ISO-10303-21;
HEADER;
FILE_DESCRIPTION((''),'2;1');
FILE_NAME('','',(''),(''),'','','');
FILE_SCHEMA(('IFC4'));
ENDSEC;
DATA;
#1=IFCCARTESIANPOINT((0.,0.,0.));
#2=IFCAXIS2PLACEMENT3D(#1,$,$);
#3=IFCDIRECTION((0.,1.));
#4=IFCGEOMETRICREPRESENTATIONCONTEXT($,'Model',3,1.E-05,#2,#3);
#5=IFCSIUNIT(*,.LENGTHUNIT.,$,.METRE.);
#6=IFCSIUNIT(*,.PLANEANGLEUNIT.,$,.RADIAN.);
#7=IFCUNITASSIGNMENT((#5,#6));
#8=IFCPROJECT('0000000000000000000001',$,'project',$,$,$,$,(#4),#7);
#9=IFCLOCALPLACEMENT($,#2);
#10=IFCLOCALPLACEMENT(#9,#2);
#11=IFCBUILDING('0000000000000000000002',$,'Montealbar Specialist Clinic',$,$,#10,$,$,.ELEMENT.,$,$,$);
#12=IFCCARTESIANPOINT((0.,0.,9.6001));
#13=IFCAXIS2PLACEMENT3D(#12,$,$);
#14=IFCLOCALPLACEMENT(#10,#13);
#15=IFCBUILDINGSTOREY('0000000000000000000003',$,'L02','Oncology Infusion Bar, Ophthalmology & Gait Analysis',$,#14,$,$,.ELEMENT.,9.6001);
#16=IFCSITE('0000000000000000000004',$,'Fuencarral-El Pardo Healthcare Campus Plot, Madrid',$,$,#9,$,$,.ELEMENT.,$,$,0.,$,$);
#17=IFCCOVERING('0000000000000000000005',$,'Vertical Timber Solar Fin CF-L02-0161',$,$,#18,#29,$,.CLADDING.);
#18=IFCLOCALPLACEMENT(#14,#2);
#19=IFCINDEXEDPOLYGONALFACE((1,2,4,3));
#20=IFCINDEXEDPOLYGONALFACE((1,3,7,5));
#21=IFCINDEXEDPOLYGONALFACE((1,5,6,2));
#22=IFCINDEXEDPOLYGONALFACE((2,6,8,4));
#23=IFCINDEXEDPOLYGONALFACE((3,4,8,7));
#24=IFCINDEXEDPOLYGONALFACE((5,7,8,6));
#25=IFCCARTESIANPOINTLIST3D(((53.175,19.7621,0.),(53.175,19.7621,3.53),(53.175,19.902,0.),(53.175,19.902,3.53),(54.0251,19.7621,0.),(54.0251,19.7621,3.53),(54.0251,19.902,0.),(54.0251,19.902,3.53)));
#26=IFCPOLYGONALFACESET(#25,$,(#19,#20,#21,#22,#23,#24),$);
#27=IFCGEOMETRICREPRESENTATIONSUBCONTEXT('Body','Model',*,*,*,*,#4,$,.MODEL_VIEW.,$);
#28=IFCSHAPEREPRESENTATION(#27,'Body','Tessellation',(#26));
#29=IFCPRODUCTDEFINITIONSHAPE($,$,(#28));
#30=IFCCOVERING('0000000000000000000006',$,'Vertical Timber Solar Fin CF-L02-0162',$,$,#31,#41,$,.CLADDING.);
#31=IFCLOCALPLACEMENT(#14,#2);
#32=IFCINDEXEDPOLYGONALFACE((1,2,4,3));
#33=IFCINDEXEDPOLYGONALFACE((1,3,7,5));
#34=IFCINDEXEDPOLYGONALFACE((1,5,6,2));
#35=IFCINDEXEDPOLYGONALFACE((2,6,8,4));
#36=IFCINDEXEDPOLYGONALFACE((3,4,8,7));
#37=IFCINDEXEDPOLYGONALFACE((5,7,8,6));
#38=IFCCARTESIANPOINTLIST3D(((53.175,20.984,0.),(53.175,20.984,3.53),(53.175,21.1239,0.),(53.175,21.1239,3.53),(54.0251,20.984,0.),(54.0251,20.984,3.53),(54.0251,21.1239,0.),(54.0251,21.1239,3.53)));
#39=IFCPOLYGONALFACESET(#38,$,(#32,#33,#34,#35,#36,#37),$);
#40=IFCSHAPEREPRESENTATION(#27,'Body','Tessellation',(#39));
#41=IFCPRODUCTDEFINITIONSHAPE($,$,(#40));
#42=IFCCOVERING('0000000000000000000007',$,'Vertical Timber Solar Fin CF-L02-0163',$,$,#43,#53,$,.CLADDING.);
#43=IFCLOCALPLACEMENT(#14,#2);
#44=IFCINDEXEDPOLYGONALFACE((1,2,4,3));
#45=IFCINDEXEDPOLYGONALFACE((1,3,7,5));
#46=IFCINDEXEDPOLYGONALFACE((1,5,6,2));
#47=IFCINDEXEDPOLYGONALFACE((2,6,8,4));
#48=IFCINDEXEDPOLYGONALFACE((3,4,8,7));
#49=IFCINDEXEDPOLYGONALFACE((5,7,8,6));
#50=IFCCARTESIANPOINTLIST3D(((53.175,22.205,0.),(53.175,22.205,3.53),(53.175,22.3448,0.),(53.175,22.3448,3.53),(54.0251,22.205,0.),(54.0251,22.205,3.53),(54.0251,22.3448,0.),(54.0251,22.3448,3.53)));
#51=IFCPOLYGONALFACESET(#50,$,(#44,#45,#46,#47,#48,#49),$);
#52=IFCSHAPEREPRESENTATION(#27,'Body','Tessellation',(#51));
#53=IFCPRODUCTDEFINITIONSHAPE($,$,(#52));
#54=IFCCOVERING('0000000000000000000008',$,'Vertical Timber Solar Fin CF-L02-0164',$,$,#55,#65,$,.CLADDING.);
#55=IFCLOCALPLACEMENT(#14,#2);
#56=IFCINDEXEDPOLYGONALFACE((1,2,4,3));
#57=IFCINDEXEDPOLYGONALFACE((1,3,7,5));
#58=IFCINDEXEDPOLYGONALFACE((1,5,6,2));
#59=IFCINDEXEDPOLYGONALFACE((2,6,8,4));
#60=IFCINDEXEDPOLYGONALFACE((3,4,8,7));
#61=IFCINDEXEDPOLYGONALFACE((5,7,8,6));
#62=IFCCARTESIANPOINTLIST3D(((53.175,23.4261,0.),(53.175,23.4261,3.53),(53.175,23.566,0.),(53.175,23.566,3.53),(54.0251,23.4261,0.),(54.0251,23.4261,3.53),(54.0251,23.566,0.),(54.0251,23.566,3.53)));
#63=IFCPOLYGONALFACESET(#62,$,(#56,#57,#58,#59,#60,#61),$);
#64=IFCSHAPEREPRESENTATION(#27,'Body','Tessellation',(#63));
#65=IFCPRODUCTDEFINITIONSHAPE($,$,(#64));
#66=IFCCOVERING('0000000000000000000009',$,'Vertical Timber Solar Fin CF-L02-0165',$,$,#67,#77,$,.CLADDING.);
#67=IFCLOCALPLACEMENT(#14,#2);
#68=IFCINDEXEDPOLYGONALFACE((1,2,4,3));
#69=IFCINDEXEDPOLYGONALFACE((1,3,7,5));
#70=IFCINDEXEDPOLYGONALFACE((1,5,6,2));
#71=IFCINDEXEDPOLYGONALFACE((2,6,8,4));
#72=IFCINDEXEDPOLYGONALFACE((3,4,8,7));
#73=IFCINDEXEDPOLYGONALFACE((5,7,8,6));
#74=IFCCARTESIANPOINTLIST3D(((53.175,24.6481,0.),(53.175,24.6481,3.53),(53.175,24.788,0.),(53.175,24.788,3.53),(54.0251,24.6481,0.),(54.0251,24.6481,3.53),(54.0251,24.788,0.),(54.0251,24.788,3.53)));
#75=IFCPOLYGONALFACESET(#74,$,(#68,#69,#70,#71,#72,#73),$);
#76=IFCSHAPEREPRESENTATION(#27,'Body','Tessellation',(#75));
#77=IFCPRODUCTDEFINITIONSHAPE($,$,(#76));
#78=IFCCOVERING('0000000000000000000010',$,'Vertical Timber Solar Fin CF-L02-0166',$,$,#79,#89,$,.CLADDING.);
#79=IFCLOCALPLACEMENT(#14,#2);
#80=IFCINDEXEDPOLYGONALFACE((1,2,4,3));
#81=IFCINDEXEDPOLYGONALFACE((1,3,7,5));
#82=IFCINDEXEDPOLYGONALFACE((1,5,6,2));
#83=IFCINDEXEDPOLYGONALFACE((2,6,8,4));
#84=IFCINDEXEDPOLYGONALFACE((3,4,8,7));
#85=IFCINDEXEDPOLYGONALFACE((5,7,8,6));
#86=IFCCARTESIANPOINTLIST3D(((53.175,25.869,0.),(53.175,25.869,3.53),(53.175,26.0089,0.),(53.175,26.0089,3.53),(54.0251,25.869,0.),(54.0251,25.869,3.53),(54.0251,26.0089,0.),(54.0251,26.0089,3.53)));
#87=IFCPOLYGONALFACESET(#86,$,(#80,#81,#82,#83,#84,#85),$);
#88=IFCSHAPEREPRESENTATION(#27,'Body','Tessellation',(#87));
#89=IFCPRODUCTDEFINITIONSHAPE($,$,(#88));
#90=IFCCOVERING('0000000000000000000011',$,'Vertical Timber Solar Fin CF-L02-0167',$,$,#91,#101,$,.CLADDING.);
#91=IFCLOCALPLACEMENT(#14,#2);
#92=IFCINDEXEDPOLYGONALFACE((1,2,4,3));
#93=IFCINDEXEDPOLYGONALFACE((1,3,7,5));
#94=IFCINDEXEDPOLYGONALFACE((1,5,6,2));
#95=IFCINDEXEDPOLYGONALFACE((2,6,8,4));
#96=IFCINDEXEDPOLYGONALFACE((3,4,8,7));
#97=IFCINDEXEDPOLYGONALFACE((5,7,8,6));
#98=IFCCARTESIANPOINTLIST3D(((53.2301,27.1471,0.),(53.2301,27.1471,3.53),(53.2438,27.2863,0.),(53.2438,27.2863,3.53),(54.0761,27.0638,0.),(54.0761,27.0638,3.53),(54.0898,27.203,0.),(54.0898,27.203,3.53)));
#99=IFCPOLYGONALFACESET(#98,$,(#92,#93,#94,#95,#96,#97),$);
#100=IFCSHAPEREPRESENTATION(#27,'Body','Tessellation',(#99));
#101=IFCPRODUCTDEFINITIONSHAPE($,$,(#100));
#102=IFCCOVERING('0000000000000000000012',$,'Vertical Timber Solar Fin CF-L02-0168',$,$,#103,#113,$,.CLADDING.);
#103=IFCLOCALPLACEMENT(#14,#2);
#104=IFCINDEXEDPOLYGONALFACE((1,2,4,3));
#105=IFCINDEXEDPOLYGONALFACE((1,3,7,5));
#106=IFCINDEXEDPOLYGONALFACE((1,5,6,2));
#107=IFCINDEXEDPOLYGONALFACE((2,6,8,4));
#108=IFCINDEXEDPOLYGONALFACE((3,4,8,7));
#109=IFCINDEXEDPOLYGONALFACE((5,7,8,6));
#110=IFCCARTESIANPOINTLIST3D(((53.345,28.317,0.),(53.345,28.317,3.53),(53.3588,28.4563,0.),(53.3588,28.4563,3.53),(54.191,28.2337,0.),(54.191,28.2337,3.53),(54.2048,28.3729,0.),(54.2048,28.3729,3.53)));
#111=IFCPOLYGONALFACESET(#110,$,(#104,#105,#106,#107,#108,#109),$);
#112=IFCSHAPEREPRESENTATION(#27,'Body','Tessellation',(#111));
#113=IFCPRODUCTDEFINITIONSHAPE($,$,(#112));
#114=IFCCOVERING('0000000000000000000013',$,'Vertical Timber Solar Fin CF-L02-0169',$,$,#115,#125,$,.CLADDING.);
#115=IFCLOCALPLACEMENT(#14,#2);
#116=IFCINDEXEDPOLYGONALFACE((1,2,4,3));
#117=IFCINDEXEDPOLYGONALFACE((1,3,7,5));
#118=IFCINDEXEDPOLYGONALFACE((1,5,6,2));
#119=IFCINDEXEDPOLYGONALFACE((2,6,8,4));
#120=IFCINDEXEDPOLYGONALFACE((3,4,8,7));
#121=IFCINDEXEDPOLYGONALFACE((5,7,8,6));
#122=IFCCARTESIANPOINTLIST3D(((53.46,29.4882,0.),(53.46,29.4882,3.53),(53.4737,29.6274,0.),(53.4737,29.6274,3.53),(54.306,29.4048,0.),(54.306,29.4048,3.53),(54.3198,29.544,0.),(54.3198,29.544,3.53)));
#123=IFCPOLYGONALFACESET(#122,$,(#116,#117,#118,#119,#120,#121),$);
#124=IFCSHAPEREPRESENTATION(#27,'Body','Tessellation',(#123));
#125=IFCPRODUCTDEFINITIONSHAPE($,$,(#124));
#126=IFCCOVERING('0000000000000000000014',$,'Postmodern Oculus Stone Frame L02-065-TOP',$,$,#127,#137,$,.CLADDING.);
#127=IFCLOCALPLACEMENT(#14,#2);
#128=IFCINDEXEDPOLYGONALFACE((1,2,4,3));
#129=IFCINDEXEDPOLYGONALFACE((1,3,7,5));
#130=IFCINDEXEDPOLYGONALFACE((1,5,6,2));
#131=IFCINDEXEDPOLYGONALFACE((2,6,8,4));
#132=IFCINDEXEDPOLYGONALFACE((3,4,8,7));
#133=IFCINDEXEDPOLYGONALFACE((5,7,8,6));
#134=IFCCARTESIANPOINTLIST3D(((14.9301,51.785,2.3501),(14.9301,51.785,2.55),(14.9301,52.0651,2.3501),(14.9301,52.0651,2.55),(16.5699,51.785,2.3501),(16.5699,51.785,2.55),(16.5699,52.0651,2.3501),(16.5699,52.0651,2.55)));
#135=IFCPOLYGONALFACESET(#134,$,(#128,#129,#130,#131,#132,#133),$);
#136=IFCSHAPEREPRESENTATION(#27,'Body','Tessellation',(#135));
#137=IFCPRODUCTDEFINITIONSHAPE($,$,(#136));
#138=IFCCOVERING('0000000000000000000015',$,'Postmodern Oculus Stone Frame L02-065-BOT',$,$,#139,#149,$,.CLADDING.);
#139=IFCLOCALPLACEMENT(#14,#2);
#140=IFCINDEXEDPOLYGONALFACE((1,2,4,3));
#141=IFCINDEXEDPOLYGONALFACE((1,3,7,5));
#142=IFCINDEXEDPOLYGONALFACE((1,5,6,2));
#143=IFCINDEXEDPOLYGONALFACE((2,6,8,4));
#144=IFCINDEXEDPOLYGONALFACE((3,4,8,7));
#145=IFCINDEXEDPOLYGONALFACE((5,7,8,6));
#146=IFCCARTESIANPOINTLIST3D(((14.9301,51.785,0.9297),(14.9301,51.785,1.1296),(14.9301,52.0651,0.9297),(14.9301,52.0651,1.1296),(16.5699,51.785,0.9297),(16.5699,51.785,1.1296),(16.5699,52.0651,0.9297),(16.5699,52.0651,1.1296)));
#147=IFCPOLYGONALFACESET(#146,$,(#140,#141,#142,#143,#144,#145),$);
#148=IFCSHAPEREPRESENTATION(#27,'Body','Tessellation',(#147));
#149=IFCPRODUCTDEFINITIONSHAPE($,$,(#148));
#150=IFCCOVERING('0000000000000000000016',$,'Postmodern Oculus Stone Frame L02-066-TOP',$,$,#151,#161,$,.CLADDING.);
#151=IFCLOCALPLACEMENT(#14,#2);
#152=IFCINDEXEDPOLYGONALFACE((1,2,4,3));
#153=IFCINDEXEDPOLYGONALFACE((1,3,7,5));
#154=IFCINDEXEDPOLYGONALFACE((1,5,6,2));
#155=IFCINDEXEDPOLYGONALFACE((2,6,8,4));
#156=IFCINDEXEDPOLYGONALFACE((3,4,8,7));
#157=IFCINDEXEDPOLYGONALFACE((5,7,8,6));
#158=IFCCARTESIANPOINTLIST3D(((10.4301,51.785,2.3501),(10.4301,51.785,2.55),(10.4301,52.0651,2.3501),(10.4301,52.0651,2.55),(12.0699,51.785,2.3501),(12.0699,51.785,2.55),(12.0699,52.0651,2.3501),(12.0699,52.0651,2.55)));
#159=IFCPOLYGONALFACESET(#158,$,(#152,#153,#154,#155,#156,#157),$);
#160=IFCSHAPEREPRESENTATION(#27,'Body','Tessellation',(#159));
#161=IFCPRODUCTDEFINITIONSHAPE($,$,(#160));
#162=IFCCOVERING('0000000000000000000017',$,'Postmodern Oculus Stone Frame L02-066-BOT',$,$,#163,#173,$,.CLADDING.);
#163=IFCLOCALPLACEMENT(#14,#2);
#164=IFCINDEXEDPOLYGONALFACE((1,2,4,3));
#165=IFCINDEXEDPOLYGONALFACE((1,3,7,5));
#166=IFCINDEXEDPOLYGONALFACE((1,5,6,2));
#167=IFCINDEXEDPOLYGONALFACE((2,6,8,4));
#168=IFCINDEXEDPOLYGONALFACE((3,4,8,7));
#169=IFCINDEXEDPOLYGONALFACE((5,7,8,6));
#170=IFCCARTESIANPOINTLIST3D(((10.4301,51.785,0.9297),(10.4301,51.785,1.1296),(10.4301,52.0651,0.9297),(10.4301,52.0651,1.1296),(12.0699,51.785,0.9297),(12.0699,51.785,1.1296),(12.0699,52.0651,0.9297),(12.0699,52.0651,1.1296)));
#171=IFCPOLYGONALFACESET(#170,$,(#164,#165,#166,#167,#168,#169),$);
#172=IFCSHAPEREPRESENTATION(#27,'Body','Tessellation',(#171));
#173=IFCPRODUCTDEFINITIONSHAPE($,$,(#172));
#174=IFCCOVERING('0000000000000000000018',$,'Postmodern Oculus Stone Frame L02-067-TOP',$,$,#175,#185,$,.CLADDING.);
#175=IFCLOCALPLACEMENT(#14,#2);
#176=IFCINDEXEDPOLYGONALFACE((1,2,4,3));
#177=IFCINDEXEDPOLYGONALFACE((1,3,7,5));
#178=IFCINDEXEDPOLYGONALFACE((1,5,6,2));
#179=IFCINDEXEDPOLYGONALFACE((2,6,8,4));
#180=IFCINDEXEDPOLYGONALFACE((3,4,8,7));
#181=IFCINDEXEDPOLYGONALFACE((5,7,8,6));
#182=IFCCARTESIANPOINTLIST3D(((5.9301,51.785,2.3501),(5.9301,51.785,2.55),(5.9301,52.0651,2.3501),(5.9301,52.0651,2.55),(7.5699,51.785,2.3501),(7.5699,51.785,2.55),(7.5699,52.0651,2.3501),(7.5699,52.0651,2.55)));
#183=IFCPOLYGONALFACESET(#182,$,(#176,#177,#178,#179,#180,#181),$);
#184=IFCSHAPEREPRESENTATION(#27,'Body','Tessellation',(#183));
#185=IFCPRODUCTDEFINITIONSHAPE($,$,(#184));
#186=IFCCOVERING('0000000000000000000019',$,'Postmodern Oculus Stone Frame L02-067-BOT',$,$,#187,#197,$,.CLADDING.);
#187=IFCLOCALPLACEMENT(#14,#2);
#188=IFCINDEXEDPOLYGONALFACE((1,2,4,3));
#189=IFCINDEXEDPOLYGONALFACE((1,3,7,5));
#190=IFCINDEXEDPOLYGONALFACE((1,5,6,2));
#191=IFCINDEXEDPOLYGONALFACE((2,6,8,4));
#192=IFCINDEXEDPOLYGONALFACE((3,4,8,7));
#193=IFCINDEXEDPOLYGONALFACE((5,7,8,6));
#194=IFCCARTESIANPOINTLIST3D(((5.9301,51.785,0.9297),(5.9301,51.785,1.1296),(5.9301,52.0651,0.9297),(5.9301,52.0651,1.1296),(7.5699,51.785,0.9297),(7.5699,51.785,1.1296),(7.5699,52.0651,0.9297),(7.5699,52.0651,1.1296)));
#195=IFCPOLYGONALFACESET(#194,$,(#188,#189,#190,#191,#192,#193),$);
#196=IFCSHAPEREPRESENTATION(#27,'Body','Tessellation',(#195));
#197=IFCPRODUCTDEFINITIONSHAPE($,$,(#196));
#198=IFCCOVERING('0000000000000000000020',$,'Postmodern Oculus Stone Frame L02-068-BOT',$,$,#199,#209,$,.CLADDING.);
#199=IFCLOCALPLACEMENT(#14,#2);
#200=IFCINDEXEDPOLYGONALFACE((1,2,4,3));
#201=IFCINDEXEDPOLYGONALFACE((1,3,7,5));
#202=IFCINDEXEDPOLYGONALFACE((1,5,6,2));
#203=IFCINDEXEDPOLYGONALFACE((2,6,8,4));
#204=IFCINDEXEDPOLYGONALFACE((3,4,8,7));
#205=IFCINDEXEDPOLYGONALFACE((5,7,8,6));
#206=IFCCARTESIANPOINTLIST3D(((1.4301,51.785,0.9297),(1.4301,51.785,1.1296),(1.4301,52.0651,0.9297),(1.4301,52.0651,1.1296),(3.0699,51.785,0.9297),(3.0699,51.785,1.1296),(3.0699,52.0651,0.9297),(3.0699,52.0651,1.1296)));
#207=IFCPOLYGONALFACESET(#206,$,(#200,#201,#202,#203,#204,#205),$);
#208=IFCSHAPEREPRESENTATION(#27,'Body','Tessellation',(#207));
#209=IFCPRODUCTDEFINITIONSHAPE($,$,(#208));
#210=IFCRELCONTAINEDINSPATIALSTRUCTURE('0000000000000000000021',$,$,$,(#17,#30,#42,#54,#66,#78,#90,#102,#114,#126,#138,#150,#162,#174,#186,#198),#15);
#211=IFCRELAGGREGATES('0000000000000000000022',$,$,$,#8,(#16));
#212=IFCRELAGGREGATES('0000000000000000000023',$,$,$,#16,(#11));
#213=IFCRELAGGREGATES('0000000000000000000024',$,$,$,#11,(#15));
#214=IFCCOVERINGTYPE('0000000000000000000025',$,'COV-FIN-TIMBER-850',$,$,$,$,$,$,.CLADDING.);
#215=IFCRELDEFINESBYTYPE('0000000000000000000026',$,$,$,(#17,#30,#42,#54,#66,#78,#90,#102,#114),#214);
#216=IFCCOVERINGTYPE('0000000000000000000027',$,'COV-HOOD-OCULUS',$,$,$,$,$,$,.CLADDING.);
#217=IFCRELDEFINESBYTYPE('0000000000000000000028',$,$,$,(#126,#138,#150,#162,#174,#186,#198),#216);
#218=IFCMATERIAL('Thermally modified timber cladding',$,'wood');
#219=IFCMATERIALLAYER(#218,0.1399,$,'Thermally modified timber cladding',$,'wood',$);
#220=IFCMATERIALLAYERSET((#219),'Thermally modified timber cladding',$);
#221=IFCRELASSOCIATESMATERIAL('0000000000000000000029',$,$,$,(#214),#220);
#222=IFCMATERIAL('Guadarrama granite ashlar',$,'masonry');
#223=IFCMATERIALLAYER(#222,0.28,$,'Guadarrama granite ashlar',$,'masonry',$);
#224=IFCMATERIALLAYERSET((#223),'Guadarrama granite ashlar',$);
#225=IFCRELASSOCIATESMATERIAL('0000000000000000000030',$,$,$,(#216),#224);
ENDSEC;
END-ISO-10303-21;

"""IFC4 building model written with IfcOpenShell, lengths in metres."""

from ifc_helpers import new_model, si_unit, direction, frame, origin, origin_2d, place, context, subcontext, project, spatial, rectangle, extrude, material, layer, layer_set, type_object, element, save


model = new_model("IFC4")

# Units and contexts
model_context = context("Model", 3, precision=1e-05, world=origin(), true_north=direction((0.0, 1.0)))
body_context = subcontext(model_context, "Body", "Model", "MODEL_VIEW")
ifc_project = project(units=[si_unit("LENGTHUNIT", "METRE"), si_unit("PLANEANGLEUNIT", "RADIAN")], contexts=[model_context])

# Site, building, storey
site_placement = place(None, origin())
site = spatial("IfcSite", under=ifc_project, at=site_placement, Name="Fuencarral-El Pardo Healthcare Campus Plot, Madrid", CompositionType="ELEMENT", RefElevation=0.0)
building_placement = place(site_placement, origin())
building = spatial("IfcBuilding", under=site, at=building_placement, Name="Montealbar Specialist Clinic", CompositionType="ELEMENT")
storey_placement = place(building_placement, frame((0.0, 0.0, 9.6001)))
storey = spatial("IfcBuildingStorey", under=building, at=storey_placement, Name="L02", Description="Oncology Infusion Bar, Ophthalmology & Gait Analysis", CompositionType="ELEMENT", Elevation=9.6001)

# Coverings
ifc_material_1 = material(Name="Thermally modified timber cladding", Category="wood")
ifc_layer_1 = layer(ifc_material_1, 0.1399, Name="Thermally modified timber cladding", Category="wood")
ifc_layer_set_1 = layer_set([ifc_layer_1], Name="Thermally modified timber cladding")
covering_type_1 = type_object("IfcCoveringType", Name="COV-FIN-TIMBER-850", PredefinedType="CLADDING", material=ifc_layer_set_1)
for number, where, z_axis, x_axis, name in (
    (1, (53.6001, 19.832, 0.0), (0.0, 0.0, 1.0), (-1.0, 0.0, 0.0), "Vertical Timber Solar Fin CF-L02-0161"),
    (2, (53.6001, 21.054, 0.0), (0.0, 0.0, 1.0), (-1.0, 0.0, 0.0), "Vertical Timber Solar Fin CF-L02-0162"),
    (3, (53.6001, 22.2749, 0.0), (0.0, 0.0, 1.0), (-1.0, 0.0, 0.0), "Vertical Timber Solar Fin CF-L02-0163"),
    (4, (53.6001, 23.4961, 0.0), (0.0, 0.0, 1.0), (-1.0, 0.0, 0.0), "Vertical Timber Solar Fin CF-L02-0164"),
    (5, (53.6001, 24.718, 0.0), (0.0, 0.0, 1.0), (-1.0, 0.0, 0.0), "Vertical Timber Solar Fin CF-L02-0165"),
    (6, (53.6001, 25.939, 0.0), (0.0, 0.0, 1.0), (-1.0, 0.0, 0.0), "Vertical Timber Solar Fin CF-L02-0166"),
    (7, (53.6599, 27.175, 0.0), (0.0, 0.0, 1.0), (-0.995182, 0.098045, 0.0), "Vertical Timber Solar Fin CF-L02-0167"),
    (8, (53.7749, 28.345, 0.0), (0.0, 0.0, 1.0), (-0.995182, 0.098045, 0.0), "Vertical Timber Solar Fin CF-L02-0168"),
    (9, (53.8899, 29.5161, 0.0), (0.0, 0.0, 1.0), (-0.995182, 0.098045, 0.0), "Vertical Timber Solar Fin CF-L02-0169"),
):
    element("IfcCovering", number, at=place(storey_placement, frame(where, z_axis=z_axis, x_axis=x_axis)), inside=storey, type_object=covering_type_1, Name=name, PredefinedType="CLADDING", context=body_context, shape_type="SweptSolid", body=[
        extrude(rectangle(XDim=0.8501, YDim=0.1399, at=origin_2d()), origin(), (0.0, 0.0, 1.0), 3.53),
    ])
ifc_material_2 = material(Name="Guadarrama granite ashlar", Category="masonry")
ifc_layer_2 = layer(ifc_material_2, 0.28, Name="Guadarrama granite ashlar", Category="masonry")
ifc_layer_set_2 = layer_set([ifc_layer_2], Name="Guadarrama granite ashlar")
covering_type_2 = type_object("IfcCoveringType", Name="COV-HOOD-OCULUS", PredefinedType="CLADDING", material=ifc_layer_set_2)
for number, where, z_axis, x_axis, name in (
    (10, (15.75, 51.925, 2.3501), (0.0, 0.0, 1.0), (-1.0, 0.0, 0.0), "Postmodern Oculus Stone Frame L02-065-TOP"),
    (11, (15.75, 51.925, 0.9297), (0.0, 0.0, 1.0), (-1.0, 0.0, 0.0), "Postmodern Oculus Stone Frame L02-065-BOT"),
    (12, (11.25, 51.925, 2.3501), (0.0, 0.0, 1.0), (-1.0, 0.0, 0.0), "Postmodern Oculus Stone Frame L02-066-TOP"),
    (13, (11.25, 51.925, 0.9297), (0.0, 0.0, 1.0), (-1.0, 0.0, 0.0), "Postmodern Oculus Stone Frame L02-066-BOT"),
    (14, (6.75, 51.925, 2.3501), (0.0, 0.0, 1.0), (-1.0, 0.0, 0.0), "Postmodern Oculus Stone Frame L02-067-TOP"),
    (15, (6.75, 51.925, 0.9297), (0.0, 0.0, 1.0), (-1.0, 0.0, 0.0), "Postmodern Oculus Stone Frame L02-067-BOT"),
    (16, (2.25, 51.925, 0.9297), (0.0, 0.0, 1.0), (-1.0, 0.0, 0.0), "Postmodern Oculus Stone Frame L02-068-BOT"),
):
    element("IfcCovering", number, at=place(storey_placement, frame(where, z_axis=z_axis, x_axis=x_axis)), inside=storey, type_object=covering_type_2, Name=name, PredefinedType="CLADDING", context=body_context, shape_type="SweptSolid", body=[
        extrude(rectangle(XDim=1.6399, YDim=0.28, at=origin_2d()), origin(), (0.0, 0.0, 1.0), 0.2),
    ])

save(model, "model.ifc")
